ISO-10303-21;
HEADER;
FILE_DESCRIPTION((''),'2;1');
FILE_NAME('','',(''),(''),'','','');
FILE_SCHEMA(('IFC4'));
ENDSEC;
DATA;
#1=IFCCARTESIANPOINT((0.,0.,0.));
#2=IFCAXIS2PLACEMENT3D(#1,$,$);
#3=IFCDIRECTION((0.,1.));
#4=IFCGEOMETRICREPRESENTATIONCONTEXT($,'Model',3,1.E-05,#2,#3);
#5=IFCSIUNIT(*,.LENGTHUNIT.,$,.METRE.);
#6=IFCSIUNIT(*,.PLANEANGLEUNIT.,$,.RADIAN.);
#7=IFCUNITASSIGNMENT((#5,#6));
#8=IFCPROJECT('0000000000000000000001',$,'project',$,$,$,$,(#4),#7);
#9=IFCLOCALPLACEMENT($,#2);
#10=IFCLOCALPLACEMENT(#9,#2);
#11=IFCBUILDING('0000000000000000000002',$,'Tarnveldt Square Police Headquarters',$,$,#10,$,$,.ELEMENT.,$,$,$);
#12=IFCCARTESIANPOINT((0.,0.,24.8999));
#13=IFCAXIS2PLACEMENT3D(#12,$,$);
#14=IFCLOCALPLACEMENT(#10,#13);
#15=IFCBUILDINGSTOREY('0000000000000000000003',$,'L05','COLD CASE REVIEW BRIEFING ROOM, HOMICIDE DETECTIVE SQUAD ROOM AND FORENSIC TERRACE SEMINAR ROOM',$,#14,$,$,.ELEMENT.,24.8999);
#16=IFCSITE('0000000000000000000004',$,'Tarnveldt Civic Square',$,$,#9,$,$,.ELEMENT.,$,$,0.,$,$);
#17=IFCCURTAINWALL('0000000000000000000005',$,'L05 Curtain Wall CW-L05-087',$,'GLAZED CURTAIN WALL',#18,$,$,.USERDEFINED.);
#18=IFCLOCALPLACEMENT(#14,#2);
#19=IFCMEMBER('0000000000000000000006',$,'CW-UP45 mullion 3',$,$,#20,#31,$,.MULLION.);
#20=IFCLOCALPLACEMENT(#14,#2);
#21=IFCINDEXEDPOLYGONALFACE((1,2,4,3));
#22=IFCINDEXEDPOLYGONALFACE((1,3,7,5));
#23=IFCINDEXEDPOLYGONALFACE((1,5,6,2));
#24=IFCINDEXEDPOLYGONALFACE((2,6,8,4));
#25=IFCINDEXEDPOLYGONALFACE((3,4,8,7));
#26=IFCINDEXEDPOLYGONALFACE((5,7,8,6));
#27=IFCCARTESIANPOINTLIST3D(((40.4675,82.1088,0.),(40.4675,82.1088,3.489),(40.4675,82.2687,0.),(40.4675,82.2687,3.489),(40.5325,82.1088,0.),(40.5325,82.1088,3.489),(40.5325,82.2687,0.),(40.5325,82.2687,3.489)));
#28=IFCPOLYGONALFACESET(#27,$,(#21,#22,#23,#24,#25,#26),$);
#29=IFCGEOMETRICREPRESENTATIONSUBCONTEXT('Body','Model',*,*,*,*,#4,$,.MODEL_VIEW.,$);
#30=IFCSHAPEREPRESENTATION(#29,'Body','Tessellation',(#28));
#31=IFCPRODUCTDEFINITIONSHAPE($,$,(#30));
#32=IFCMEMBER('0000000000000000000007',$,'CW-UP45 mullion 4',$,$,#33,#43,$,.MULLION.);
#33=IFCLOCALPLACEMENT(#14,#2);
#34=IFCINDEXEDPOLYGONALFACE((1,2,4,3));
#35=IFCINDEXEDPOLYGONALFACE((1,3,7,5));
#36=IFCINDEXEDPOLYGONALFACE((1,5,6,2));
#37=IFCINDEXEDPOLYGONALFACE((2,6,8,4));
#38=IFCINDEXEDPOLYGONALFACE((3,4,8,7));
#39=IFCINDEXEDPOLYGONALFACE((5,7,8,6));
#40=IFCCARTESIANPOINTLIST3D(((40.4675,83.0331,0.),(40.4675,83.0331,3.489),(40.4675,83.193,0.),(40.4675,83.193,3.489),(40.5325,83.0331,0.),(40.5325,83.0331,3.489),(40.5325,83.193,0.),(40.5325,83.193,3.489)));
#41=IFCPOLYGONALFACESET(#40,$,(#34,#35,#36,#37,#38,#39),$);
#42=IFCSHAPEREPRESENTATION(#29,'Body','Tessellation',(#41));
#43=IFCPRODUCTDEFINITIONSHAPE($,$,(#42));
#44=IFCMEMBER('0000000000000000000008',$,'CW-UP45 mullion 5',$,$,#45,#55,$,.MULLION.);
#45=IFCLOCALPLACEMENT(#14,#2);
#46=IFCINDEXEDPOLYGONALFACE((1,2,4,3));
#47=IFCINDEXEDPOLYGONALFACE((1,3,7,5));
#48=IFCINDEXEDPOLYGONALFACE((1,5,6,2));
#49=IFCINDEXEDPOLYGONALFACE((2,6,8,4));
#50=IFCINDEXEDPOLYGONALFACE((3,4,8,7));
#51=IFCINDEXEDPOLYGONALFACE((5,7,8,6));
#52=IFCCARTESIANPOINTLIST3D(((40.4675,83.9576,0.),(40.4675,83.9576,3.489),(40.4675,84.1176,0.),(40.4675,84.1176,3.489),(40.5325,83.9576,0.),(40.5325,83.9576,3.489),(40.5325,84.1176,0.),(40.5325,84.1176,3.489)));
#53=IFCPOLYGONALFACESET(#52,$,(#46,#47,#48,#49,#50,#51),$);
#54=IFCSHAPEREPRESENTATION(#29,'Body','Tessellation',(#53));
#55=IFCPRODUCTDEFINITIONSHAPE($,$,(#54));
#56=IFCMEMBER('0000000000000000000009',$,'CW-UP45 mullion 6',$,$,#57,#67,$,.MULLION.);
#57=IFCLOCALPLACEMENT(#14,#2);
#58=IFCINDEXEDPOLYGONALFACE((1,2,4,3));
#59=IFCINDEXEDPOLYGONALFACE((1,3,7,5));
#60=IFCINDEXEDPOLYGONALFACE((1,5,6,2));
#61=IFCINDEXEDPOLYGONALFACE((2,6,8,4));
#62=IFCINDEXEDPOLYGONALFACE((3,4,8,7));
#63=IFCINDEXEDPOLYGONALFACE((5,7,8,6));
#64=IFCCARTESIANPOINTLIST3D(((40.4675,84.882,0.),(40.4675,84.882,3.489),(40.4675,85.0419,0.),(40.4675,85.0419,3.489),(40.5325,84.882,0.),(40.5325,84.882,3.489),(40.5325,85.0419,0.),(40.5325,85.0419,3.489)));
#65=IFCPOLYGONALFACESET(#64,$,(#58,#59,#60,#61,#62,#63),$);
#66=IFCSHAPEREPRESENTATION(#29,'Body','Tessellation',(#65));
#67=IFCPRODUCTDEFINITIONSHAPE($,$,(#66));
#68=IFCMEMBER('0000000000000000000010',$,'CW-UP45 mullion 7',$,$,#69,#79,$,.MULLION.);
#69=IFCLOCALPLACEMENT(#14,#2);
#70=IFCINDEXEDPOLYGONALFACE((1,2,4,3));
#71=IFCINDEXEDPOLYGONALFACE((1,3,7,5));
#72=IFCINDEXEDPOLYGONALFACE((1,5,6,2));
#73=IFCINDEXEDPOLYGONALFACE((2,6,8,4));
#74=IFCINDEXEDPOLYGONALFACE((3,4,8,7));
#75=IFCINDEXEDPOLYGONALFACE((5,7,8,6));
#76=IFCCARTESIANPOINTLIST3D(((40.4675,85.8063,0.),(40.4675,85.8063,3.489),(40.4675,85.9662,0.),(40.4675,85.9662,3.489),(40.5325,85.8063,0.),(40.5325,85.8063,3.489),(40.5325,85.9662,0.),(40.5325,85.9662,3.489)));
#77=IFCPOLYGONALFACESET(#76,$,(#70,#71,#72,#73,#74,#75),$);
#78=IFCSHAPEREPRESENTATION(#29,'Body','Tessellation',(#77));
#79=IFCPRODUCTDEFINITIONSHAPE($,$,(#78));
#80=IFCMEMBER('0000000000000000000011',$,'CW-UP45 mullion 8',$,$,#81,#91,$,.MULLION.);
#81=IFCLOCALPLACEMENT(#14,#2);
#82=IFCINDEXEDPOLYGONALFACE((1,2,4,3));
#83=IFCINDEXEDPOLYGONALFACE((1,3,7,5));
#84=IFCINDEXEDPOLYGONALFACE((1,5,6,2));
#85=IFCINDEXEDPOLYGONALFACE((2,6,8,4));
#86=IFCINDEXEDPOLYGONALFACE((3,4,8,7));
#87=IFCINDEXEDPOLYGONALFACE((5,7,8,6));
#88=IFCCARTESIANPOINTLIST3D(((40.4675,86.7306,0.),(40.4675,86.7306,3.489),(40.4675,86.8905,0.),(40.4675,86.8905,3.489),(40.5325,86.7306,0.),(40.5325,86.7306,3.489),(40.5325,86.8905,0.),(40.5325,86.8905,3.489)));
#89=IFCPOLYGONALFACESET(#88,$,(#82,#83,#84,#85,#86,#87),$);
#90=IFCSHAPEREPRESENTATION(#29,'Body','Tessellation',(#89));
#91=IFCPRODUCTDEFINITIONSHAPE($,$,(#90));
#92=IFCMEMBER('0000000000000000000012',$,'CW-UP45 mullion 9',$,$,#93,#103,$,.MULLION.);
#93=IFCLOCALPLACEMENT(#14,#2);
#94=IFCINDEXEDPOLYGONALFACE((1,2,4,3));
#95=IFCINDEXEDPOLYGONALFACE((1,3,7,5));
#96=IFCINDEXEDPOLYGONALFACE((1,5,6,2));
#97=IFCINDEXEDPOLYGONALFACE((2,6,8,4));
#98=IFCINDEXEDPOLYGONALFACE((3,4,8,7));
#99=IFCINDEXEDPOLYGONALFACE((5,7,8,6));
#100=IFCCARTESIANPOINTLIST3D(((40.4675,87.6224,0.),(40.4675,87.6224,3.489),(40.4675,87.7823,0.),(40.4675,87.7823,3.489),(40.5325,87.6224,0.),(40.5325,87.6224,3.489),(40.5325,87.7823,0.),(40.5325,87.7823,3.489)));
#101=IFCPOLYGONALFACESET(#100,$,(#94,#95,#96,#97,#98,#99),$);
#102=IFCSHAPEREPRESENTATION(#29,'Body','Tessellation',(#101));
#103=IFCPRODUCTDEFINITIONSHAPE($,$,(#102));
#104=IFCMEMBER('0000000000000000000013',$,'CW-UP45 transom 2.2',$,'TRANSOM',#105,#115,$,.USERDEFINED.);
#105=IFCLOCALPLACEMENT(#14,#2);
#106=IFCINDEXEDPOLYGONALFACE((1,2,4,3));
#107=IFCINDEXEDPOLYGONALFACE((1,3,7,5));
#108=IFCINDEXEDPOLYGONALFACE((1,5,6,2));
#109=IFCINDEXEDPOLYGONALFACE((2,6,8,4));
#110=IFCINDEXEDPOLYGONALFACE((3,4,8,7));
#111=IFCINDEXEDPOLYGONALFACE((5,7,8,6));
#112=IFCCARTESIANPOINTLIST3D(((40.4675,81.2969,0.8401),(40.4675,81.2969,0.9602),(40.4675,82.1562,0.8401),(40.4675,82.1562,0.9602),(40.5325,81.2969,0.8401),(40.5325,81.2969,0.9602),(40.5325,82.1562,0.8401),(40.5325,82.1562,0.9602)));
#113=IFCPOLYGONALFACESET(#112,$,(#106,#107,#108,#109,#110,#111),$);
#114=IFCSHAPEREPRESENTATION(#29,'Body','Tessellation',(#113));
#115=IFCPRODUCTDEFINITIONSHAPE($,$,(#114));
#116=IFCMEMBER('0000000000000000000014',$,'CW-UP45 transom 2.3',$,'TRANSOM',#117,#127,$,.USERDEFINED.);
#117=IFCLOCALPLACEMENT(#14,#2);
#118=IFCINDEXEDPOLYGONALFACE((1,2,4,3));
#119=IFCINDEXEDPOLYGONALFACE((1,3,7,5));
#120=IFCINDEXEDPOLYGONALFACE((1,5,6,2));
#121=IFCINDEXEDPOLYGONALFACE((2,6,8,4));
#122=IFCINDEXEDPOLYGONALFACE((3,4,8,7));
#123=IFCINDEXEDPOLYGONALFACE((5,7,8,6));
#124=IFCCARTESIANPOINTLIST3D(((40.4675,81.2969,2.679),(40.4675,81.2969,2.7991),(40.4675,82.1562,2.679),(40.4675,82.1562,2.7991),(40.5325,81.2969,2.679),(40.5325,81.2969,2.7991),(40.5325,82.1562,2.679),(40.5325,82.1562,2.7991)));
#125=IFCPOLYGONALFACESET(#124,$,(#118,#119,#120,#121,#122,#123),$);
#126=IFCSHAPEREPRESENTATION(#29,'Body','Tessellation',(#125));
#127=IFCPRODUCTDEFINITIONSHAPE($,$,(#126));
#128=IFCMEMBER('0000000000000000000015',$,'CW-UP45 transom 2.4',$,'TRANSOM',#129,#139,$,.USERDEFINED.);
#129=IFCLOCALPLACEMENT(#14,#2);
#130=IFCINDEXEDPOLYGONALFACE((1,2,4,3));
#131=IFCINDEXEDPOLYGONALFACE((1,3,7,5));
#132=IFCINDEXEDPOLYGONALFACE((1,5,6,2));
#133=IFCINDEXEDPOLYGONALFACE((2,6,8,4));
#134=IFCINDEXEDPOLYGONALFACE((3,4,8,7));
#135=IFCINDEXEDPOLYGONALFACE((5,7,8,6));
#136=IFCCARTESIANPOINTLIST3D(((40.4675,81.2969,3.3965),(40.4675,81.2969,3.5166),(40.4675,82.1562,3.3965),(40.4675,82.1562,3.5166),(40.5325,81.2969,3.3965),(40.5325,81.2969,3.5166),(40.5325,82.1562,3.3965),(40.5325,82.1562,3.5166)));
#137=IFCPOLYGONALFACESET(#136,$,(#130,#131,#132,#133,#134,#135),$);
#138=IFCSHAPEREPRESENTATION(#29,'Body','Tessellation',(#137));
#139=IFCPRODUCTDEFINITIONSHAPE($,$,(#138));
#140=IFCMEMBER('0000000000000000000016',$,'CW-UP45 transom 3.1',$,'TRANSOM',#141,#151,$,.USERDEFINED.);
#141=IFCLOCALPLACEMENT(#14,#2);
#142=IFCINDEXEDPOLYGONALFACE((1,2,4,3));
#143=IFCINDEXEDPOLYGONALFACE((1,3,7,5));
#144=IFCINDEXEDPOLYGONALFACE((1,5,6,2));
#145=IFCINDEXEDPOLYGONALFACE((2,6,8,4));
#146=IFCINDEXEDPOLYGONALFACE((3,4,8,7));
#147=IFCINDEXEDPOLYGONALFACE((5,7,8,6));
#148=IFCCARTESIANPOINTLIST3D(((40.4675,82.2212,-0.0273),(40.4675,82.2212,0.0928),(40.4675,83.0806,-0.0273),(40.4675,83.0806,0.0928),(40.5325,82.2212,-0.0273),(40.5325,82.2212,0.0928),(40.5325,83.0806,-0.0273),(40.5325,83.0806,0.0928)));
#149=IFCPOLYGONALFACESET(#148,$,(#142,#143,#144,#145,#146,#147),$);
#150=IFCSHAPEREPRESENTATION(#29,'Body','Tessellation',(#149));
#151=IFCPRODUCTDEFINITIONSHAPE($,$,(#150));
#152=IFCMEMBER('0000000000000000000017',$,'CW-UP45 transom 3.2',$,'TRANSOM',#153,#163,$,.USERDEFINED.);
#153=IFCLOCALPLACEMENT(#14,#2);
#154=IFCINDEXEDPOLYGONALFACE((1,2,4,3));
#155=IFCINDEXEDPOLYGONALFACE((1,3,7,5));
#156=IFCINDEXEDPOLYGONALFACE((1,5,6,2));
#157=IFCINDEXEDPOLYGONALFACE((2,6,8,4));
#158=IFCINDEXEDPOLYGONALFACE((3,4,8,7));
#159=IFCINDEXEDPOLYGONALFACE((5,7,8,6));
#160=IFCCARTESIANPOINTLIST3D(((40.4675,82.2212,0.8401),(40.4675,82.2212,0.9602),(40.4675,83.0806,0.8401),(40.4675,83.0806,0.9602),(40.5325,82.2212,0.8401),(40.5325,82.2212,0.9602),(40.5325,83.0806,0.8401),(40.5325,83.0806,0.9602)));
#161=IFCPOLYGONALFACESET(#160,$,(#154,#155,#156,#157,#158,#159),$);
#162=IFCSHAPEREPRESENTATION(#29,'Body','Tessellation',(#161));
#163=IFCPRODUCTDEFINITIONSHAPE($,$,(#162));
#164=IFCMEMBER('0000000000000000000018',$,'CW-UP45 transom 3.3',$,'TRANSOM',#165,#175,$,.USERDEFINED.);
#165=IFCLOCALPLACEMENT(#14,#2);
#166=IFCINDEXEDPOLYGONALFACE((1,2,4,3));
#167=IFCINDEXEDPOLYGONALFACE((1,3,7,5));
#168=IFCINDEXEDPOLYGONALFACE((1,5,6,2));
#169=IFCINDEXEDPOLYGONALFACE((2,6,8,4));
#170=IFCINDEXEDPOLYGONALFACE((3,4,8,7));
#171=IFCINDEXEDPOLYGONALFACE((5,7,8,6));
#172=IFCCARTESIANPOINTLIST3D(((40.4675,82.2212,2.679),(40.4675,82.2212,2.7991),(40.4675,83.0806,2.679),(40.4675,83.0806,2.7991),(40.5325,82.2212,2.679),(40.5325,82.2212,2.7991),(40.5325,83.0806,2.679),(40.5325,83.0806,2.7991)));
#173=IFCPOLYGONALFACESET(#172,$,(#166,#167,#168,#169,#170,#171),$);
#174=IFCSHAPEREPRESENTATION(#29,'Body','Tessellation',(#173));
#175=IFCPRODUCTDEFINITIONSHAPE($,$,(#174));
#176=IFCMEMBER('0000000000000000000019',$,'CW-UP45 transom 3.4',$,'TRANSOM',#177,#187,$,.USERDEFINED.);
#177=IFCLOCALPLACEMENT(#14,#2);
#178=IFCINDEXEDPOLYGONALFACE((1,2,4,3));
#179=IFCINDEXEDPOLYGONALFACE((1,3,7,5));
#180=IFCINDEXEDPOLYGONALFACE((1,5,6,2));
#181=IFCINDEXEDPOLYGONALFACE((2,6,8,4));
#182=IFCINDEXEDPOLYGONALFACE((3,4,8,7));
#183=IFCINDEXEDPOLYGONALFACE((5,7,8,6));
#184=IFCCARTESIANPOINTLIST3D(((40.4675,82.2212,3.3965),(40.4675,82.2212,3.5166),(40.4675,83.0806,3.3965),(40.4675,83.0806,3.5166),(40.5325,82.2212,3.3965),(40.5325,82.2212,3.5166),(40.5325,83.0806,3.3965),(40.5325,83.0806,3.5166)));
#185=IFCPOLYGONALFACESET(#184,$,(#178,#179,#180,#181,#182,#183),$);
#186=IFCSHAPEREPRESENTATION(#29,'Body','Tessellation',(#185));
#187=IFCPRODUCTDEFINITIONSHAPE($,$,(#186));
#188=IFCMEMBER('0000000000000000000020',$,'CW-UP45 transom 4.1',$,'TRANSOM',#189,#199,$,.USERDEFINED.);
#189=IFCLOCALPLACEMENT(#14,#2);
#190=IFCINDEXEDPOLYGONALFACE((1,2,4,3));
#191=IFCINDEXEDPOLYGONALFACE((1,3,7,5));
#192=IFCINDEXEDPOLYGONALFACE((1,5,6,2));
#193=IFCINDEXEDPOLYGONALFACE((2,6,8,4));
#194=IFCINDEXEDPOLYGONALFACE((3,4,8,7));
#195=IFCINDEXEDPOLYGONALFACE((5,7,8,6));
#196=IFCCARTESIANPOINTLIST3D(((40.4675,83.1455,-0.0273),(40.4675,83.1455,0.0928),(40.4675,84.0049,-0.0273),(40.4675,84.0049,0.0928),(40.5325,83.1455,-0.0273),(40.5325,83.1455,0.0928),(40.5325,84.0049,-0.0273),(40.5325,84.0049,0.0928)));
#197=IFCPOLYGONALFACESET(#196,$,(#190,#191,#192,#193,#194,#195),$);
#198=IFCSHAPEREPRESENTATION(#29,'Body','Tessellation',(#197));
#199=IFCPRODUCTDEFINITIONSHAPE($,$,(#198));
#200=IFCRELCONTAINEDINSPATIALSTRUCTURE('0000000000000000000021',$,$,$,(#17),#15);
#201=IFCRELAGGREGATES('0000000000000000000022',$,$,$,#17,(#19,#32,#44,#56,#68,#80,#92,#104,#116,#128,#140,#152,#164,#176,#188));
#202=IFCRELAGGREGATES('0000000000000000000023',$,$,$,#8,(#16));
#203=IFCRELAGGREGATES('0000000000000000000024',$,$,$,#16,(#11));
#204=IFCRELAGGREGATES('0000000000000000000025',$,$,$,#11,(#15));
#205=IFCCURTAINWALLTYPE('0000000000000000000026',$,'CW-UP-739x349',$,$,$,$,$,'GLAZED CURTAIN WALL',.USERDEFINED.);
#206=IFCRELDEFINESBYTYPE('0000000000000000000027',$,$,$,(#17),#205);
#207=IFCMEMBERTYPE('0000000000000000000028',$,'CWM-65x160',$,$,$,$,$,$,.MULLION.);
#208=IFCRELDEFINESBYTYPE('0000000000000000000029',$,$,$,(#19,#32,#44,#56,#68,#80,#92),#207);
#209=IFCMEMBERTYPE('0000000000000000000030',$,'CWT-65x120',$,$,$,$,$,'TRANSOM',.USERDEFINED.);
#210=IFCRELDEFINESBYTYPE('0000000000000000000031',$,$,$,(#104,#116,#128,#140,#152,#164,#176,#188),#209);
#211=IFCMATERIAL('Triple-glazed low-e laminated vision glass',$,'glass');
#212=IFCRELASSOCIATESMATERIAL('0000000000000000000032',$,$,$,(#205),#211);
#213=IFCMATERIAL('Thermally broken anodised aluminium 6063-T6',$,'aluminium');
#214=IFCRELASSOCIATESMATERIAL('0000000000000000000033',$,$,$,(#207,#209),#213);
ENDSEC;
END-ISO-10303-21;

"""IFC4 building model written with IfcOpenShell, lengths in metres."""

from ifc_helpers import new_model, si_unit, direction, frame, origin, origin_2d, place, context, subcontext, project, spatial, rectangle, extrude, material, material_profile, profile_set, type_object, element, aggregate, save


model = new_model("IFC4")

# Units and contexts
model_context = context("Model", 3, precision=1e-05, world=origin(), true_north=direction((0.0, 1.0)))
body_context = subcontext(model_context, "Body", "Model", "MODEL_VIEW")
ifc_project = project(units=[si_unit("LENGTHUNIT", "METRE"), si_unit("PLANEANGLEUNIT", "RADIAN")], contexts=[model_context])

# Site, building, storey
site_placement = place(None, origin())
site = spatial("IfcSite", under=ifc_project, at=site_placement, Name="Tarnveldt Civic Square", CompositionType="ELEMENT", RefElevation=0.0)
building_placement = place(site_placement, origin())
building = spatial("IfcBuilding", under=site, at=building_placement, Name="Tarnveldt Square Police Headquarters", CompositionType="ELEMENT")
storey_placement = place(building_placement, frame((0.0, 0.0, 24.8999)))
storey = spatial("IfcBuildingStorey", under=building, at=storey_placement, Name="L05", Description="COLD CASE REVIEW BRIEFING ROOM, HOMICIDE DETECTIVE SQUAD ROOM AND FORENSIC TERRACE SEMINAR ROOM", CompositionType="ELEMENT", Elevation=24.8999)

# Curtain wall, members
ifc_material_1 = material(Name="Triple-glazed low-e laminated vision glass", Category="glass")
curtain_wall_type = type_object("IfcCurtainWallType", Name="CW-UP-739x349", ElementType="GLAZED CURTAIN WALL", PredefinedType="USERDEFINED", material=ifc_material_1)
curtain_wall_placement = place(storey_placement, origin())
curtain_wall = element("IfcCurtainWall", 1, at=curtain_wall_placement, inside=storey, type_object=curtain_wall_type, Name="L05 Curtain Wall CW-L05-087", ObjectType="GLAZED CURTAIN WALL", PredefinedType="USERDEFINED")
ifc_material_2 = material(Name="Thermally broken anodised aluminium 6063-T6", Category="aluminium")
ifc_material_profile_1 = material_profile(ifc_material_2, rectangle(XDim=0.0649, YDim=0.1599, at=origin_2d()), Name="CW-M65x160")
ifc_profile_set_1 = profile_set([ifc_material_profile_1], Name="Thermally broken anodised aluminium 6063-T6")
member_type_1 = type_object("IfcMemberType", Name="CWM-65x160", PredefinedType="MULLION", material=ifc_profile_set_1)
member_1_placement = place(storey_placement, frame((40.5, 82.1887, 0.0), z_axis=(0.0, 0.0, 1.0), x_axis=(-1.0, 0.0, 0.0)))
member_1 = element("IfcMember", 2, at=member_1_placement, type_object=member_type_1, Name="CW-UP45 mullion 3", PredefinedType="MULLION", context=body_context, shape_type="SweptSolid", body=[
    extrude(rectangle(XDim=0.0649, YDim=0.1599, at=origin_2d()), origin(), (0.0, 0.0, 1.0), 3.489),
])
member_2_placement = place(storey_placement, frame((40.5, 83.113, 0.0), z_axis=(0.0, 0.0, 1.0), x_axis=(-1.0, 0.0, 0.0)))
member_2 = element("IfcMember", 3, at=member_2_placement, type_object=member_type_1, Name="CW-UP45 mullion 4", PredefinedType="MULLION", context=body_context, shape_type="SweptSolid", body=[
    extrude(rectangle(XDim=0.0649, YDim=0.1599, at=origin_2d()), origin(), (0.0, 0.0, 1.0), 3.489),
])
member_3_placement = place(storey_placement, frame((40.5, 84.0376, 0.0), z_axis=(0.0, 0.0, 1.0), x_axis=(-1.0, 0.0, 0.0)))
member_3 = element("IfcMember", 4, at=member_3_placement, type_object=member_type_1, Name="CW-UP45 mullion 5", PredefinedType="MULLION", context=body_context, shape_type="SweptSolid", body=[
    extrude(rectangle(XDim=0.0649, YDim=0.1599, at=origin_2d()), origin(), (0.0, 0.0, 1.0), 3.489),
])
member_4_placement = place(storey_placement, frame((40.5, 84.9619, 0.0), z_axis=(0.0, 0.0, 1.0), x_axis=(-1.0, 0.0, 0.0)))
member_4 = element("IfcMember", 5, at=member_4_placement, type_object=member_type_1, Name="CW-UP45 mullion 6", PredefinedType="MULLION", context=body_context, shape_type="SweptSolid", body=[
    extrude(rectangle(XDim=0.0649, YDim=0.1599, at=origin_2d()), origin(), (0.0, 0.0, 1.0), 3.489),
])
member_5_placement = place(storey_placement, frame((40.5, 85.8862, 0.0), z_axis=(0.0, 0.0, 1.0), x_axis=(-1.0, 0.0, 0.0)))
member_5 = element("IfcMember", 6, at=member_5_placement, type_object=member_type_1, Name="CW-UP45 mullion 7", PredefinedType="MULLION", context=body_context, shape_type="SweptSolid", body=[
    extrude(rectangle(XDim=0.0649, YDim=0.1599, at=origin_2d()), origin(), (0.0, 0.0, 1.0), 3.489),
])
member_6_placement = place(storey_placement, frame((40.5, 86.8105, 0.0), z_axis=(0.0, 0.0, 1.0), x_axis=(-1.0, 0.0, 0.0)))
member_6 = element("IfcMember", 7, at=member_6_placement, type_object=member_type_1, Name="CW-UP45 mullion 8", PredefinedType="MULLION", context=body_context, shape_type="SweptSolid", body=[
    extrude(rectangle(XDim=0.0649, YDim=0.1599, at=origin_2d()), origin(), (0.0, 0.0, 1.0), 3.489),
])
member_7_placement = place(storey_placement, frame((40.5, 87.7024, 0.0), z_axis=(0.0, 0.0, 1.0), x_axis=(-1.0, 0.0, 0.0)))
member_7 = element("IfcMember", 8, at=member_7_placement, type_object=member_type_1, Name="CW-UP45 mullion 9", PredefinedType="MULLION", context=body_context, shape_type="SweptSolid", body=[
    extrude(rectangle(XDim=0.0649, YDim=0.1599, at=origin_2d()), origin(), (0.0, 0.0, 1.0), 3.489),
])
ifc_material_profile_2 = material_profile(ifc_material_2, rectangle(XDim=0.0649, YDim=0.1201, at=origin_2d()), Name="CW-T65x120")
ifc_profile_set_2 = profile_set([ifc_material_profile_2], Name="Thermally broken anodised aluminium 6063-T6")
member_type_2 = type_object("IfcMemberType", Name="CWT-65x120", ElementType="TRANSOM", PredefinedType="USERDEFINED", material=ifc_profile_set_2)
member_8_placement = place(storey_placement, frame((40.5, 81.2969, 0.9001), z_axis=(0.0, 1.0, 0.0), x_axis=(-1.0, 0.0, 0.0)))
member_8 = element("IfcMember", 9, at=member_8_placement, type_object=member_type_2, Name="CW-UP45 transom 2.2", ObjectType="TRANSOM", PredefinedType="USERDEFINED", context=body_context, shape_type="SweptSolid", body=[
    extrude(rectangle(XDim=0.0649, YDim=0.1201, at=origin_2d()), origin(), (0.0, 0.0, 1.0), 0.8594),
])
member_9_placement = place(storey_placement, frame((40.5, 81.2969, 2.739), z_axis=(0.0, 1.0, 0.0), x_axis=(-1.0, 0.0, 0.0)))
member_9 = element("IfcMember", 10, at=member_9_placement, type_object=member_type_2, Name="CW-UP45 transom 2.3", ObjectType="TRANSOM", PredefinedType="USERDEFINED", context=body_context, shape_type="SweptSolid", body=[
    extrude(rectangle(XDim=0.0649, YDim=0.1201, at=origin_2d()), origin(), (0.0, 0.0, 1.0), 0.8594),
])
member_10_placement = place(storey_placement, frame((40.5, 81.2969, 3.4565), z_axis=(0.0, 1.0, 0.0), x_axis=(-1.0, 0.0, 0.0)))
member_10 = element("IfcMember", 11, at=member_10_placement, type_object=member_type_2, Name="CW-UP45 transom 2.4", ObjectType="TRANSOM", PredefinedType="USERDEFINED", context=body_context, shape_type="SweptSolid", body=[
    extrude(rectangle(XDim=0.0649, YDim=0.1201, at=origin_2d()), origin(), (0.0, 0.0, 1.0), 0.8594),
])
member_11_placement = place(storey_placement, frame((40.5, 82.2212, 0.0327), z_axis=(0.0, 1.0, 0.0), x_axis=(-1.0, 0.0, 0.0)))
member_11 = element("IfcMember", 12, at=member_11_placement, type_object=member_type_2, Name="CW-UP45 transom 3.1", ObjectType="TRANSOM", PredefinedType="USERDEFINED", context=body_context, shape_type="SweptSolid", body=[
    extrude(rectangle(XDim=0.0649, YDim=0.1201, at=origin_2d()), origin(), (0.0, 0.0, 1.0), 0.8594),
])
member_12_placement = place(storey_placement, frame((40.5, 82.2212, 0.9001), z_axis=(0.0, 1.0, 0.0), x_axis=(-1.0, 0.0, 0.0)))
member_12 = element("IfcMember", 13, at=member_12_placement, type_object=member_type_2, Name="CW-UP45 transom 3.2", ObjectType="TRANSOM", PredefinedType="USERDEFINED", context=body_context, shape_type="SweptSolid", body=[
    extrude(rectangle(XDim=0.0649, YDim=0.1201, at=origin_2d()), origin(), (0.0, 0.0, 1.0), 0.8594),
])
member_13_placement = place(storey_placement, frame((40.5, 82.2212, 2.739), z_axis=(0.0, 1.0, 0.0), x_axis=(-1.0, 0.0, 0.0)))
member_13 = element("IfcMember", 14, at=member_13_placement, type_object=member_type_2, Name="CW-UP45 transom 3.3", ObjectType="TRANSOM", PredefinedType="USERDEFINED", context=body_context, shape_type="SweptSolid", body=[
    extrude(rectangle(XDim=0.0649, YDim=0.1201, at=origin_2d()), origin(), (0.0, 0.0, 1.0), 0.8594),
])
member_14_placement = place(storey_placement, frame((40.5, 82.2212, 3.4565), z_axis=(0.0, 1.0, 0.0), x_axis=(-1.0, 0.0, 0.0)))
member_14 = element("IfcMember", 15, at=member_14_placement, type_object=member_type_2, Name="CW-UP45 transom 3.4", ObjectType="TRANSOM", PredefinedType="USERDEFINED", context=body_context, shape_type="SweptSolid", body=[
    extrude(rectangle(XDim=0.0649, YDim=0.1201, at=origin_2d()), origin(), (0.0, 0.0, 1.0), 0.8594),
])
member_15_placement = place(storey_placement, frame((40.5, 83.1455, 0.0327), z_axis=(0.0, 1.0, 0.0), x_axis=(-1.0, 0.0, 0.0)))
member_15 = element("IfcMember", 16, at=member_15_placement, type_object=member_type_2, Name="CW-UP45 transom 4.1", ObjectType="TRANSOM", PredefinedType="USERDEFINED", context=body_context, shape_type="SweptSolid", body=[
    extrude(rectangle(XDim=0.0649, YDim=0.1201, at=origin_2d()), origin(), (0.0, 0.0, 1.0), 0.8594),
])
aggregate(curtain_wall, [member_1, member_2, member_3, member_4, member_5, member_6, member_7, member_8, member_9, member_10, member_11, member_12, member_13, member_14, member_15])

save(model, "model.ifc")
